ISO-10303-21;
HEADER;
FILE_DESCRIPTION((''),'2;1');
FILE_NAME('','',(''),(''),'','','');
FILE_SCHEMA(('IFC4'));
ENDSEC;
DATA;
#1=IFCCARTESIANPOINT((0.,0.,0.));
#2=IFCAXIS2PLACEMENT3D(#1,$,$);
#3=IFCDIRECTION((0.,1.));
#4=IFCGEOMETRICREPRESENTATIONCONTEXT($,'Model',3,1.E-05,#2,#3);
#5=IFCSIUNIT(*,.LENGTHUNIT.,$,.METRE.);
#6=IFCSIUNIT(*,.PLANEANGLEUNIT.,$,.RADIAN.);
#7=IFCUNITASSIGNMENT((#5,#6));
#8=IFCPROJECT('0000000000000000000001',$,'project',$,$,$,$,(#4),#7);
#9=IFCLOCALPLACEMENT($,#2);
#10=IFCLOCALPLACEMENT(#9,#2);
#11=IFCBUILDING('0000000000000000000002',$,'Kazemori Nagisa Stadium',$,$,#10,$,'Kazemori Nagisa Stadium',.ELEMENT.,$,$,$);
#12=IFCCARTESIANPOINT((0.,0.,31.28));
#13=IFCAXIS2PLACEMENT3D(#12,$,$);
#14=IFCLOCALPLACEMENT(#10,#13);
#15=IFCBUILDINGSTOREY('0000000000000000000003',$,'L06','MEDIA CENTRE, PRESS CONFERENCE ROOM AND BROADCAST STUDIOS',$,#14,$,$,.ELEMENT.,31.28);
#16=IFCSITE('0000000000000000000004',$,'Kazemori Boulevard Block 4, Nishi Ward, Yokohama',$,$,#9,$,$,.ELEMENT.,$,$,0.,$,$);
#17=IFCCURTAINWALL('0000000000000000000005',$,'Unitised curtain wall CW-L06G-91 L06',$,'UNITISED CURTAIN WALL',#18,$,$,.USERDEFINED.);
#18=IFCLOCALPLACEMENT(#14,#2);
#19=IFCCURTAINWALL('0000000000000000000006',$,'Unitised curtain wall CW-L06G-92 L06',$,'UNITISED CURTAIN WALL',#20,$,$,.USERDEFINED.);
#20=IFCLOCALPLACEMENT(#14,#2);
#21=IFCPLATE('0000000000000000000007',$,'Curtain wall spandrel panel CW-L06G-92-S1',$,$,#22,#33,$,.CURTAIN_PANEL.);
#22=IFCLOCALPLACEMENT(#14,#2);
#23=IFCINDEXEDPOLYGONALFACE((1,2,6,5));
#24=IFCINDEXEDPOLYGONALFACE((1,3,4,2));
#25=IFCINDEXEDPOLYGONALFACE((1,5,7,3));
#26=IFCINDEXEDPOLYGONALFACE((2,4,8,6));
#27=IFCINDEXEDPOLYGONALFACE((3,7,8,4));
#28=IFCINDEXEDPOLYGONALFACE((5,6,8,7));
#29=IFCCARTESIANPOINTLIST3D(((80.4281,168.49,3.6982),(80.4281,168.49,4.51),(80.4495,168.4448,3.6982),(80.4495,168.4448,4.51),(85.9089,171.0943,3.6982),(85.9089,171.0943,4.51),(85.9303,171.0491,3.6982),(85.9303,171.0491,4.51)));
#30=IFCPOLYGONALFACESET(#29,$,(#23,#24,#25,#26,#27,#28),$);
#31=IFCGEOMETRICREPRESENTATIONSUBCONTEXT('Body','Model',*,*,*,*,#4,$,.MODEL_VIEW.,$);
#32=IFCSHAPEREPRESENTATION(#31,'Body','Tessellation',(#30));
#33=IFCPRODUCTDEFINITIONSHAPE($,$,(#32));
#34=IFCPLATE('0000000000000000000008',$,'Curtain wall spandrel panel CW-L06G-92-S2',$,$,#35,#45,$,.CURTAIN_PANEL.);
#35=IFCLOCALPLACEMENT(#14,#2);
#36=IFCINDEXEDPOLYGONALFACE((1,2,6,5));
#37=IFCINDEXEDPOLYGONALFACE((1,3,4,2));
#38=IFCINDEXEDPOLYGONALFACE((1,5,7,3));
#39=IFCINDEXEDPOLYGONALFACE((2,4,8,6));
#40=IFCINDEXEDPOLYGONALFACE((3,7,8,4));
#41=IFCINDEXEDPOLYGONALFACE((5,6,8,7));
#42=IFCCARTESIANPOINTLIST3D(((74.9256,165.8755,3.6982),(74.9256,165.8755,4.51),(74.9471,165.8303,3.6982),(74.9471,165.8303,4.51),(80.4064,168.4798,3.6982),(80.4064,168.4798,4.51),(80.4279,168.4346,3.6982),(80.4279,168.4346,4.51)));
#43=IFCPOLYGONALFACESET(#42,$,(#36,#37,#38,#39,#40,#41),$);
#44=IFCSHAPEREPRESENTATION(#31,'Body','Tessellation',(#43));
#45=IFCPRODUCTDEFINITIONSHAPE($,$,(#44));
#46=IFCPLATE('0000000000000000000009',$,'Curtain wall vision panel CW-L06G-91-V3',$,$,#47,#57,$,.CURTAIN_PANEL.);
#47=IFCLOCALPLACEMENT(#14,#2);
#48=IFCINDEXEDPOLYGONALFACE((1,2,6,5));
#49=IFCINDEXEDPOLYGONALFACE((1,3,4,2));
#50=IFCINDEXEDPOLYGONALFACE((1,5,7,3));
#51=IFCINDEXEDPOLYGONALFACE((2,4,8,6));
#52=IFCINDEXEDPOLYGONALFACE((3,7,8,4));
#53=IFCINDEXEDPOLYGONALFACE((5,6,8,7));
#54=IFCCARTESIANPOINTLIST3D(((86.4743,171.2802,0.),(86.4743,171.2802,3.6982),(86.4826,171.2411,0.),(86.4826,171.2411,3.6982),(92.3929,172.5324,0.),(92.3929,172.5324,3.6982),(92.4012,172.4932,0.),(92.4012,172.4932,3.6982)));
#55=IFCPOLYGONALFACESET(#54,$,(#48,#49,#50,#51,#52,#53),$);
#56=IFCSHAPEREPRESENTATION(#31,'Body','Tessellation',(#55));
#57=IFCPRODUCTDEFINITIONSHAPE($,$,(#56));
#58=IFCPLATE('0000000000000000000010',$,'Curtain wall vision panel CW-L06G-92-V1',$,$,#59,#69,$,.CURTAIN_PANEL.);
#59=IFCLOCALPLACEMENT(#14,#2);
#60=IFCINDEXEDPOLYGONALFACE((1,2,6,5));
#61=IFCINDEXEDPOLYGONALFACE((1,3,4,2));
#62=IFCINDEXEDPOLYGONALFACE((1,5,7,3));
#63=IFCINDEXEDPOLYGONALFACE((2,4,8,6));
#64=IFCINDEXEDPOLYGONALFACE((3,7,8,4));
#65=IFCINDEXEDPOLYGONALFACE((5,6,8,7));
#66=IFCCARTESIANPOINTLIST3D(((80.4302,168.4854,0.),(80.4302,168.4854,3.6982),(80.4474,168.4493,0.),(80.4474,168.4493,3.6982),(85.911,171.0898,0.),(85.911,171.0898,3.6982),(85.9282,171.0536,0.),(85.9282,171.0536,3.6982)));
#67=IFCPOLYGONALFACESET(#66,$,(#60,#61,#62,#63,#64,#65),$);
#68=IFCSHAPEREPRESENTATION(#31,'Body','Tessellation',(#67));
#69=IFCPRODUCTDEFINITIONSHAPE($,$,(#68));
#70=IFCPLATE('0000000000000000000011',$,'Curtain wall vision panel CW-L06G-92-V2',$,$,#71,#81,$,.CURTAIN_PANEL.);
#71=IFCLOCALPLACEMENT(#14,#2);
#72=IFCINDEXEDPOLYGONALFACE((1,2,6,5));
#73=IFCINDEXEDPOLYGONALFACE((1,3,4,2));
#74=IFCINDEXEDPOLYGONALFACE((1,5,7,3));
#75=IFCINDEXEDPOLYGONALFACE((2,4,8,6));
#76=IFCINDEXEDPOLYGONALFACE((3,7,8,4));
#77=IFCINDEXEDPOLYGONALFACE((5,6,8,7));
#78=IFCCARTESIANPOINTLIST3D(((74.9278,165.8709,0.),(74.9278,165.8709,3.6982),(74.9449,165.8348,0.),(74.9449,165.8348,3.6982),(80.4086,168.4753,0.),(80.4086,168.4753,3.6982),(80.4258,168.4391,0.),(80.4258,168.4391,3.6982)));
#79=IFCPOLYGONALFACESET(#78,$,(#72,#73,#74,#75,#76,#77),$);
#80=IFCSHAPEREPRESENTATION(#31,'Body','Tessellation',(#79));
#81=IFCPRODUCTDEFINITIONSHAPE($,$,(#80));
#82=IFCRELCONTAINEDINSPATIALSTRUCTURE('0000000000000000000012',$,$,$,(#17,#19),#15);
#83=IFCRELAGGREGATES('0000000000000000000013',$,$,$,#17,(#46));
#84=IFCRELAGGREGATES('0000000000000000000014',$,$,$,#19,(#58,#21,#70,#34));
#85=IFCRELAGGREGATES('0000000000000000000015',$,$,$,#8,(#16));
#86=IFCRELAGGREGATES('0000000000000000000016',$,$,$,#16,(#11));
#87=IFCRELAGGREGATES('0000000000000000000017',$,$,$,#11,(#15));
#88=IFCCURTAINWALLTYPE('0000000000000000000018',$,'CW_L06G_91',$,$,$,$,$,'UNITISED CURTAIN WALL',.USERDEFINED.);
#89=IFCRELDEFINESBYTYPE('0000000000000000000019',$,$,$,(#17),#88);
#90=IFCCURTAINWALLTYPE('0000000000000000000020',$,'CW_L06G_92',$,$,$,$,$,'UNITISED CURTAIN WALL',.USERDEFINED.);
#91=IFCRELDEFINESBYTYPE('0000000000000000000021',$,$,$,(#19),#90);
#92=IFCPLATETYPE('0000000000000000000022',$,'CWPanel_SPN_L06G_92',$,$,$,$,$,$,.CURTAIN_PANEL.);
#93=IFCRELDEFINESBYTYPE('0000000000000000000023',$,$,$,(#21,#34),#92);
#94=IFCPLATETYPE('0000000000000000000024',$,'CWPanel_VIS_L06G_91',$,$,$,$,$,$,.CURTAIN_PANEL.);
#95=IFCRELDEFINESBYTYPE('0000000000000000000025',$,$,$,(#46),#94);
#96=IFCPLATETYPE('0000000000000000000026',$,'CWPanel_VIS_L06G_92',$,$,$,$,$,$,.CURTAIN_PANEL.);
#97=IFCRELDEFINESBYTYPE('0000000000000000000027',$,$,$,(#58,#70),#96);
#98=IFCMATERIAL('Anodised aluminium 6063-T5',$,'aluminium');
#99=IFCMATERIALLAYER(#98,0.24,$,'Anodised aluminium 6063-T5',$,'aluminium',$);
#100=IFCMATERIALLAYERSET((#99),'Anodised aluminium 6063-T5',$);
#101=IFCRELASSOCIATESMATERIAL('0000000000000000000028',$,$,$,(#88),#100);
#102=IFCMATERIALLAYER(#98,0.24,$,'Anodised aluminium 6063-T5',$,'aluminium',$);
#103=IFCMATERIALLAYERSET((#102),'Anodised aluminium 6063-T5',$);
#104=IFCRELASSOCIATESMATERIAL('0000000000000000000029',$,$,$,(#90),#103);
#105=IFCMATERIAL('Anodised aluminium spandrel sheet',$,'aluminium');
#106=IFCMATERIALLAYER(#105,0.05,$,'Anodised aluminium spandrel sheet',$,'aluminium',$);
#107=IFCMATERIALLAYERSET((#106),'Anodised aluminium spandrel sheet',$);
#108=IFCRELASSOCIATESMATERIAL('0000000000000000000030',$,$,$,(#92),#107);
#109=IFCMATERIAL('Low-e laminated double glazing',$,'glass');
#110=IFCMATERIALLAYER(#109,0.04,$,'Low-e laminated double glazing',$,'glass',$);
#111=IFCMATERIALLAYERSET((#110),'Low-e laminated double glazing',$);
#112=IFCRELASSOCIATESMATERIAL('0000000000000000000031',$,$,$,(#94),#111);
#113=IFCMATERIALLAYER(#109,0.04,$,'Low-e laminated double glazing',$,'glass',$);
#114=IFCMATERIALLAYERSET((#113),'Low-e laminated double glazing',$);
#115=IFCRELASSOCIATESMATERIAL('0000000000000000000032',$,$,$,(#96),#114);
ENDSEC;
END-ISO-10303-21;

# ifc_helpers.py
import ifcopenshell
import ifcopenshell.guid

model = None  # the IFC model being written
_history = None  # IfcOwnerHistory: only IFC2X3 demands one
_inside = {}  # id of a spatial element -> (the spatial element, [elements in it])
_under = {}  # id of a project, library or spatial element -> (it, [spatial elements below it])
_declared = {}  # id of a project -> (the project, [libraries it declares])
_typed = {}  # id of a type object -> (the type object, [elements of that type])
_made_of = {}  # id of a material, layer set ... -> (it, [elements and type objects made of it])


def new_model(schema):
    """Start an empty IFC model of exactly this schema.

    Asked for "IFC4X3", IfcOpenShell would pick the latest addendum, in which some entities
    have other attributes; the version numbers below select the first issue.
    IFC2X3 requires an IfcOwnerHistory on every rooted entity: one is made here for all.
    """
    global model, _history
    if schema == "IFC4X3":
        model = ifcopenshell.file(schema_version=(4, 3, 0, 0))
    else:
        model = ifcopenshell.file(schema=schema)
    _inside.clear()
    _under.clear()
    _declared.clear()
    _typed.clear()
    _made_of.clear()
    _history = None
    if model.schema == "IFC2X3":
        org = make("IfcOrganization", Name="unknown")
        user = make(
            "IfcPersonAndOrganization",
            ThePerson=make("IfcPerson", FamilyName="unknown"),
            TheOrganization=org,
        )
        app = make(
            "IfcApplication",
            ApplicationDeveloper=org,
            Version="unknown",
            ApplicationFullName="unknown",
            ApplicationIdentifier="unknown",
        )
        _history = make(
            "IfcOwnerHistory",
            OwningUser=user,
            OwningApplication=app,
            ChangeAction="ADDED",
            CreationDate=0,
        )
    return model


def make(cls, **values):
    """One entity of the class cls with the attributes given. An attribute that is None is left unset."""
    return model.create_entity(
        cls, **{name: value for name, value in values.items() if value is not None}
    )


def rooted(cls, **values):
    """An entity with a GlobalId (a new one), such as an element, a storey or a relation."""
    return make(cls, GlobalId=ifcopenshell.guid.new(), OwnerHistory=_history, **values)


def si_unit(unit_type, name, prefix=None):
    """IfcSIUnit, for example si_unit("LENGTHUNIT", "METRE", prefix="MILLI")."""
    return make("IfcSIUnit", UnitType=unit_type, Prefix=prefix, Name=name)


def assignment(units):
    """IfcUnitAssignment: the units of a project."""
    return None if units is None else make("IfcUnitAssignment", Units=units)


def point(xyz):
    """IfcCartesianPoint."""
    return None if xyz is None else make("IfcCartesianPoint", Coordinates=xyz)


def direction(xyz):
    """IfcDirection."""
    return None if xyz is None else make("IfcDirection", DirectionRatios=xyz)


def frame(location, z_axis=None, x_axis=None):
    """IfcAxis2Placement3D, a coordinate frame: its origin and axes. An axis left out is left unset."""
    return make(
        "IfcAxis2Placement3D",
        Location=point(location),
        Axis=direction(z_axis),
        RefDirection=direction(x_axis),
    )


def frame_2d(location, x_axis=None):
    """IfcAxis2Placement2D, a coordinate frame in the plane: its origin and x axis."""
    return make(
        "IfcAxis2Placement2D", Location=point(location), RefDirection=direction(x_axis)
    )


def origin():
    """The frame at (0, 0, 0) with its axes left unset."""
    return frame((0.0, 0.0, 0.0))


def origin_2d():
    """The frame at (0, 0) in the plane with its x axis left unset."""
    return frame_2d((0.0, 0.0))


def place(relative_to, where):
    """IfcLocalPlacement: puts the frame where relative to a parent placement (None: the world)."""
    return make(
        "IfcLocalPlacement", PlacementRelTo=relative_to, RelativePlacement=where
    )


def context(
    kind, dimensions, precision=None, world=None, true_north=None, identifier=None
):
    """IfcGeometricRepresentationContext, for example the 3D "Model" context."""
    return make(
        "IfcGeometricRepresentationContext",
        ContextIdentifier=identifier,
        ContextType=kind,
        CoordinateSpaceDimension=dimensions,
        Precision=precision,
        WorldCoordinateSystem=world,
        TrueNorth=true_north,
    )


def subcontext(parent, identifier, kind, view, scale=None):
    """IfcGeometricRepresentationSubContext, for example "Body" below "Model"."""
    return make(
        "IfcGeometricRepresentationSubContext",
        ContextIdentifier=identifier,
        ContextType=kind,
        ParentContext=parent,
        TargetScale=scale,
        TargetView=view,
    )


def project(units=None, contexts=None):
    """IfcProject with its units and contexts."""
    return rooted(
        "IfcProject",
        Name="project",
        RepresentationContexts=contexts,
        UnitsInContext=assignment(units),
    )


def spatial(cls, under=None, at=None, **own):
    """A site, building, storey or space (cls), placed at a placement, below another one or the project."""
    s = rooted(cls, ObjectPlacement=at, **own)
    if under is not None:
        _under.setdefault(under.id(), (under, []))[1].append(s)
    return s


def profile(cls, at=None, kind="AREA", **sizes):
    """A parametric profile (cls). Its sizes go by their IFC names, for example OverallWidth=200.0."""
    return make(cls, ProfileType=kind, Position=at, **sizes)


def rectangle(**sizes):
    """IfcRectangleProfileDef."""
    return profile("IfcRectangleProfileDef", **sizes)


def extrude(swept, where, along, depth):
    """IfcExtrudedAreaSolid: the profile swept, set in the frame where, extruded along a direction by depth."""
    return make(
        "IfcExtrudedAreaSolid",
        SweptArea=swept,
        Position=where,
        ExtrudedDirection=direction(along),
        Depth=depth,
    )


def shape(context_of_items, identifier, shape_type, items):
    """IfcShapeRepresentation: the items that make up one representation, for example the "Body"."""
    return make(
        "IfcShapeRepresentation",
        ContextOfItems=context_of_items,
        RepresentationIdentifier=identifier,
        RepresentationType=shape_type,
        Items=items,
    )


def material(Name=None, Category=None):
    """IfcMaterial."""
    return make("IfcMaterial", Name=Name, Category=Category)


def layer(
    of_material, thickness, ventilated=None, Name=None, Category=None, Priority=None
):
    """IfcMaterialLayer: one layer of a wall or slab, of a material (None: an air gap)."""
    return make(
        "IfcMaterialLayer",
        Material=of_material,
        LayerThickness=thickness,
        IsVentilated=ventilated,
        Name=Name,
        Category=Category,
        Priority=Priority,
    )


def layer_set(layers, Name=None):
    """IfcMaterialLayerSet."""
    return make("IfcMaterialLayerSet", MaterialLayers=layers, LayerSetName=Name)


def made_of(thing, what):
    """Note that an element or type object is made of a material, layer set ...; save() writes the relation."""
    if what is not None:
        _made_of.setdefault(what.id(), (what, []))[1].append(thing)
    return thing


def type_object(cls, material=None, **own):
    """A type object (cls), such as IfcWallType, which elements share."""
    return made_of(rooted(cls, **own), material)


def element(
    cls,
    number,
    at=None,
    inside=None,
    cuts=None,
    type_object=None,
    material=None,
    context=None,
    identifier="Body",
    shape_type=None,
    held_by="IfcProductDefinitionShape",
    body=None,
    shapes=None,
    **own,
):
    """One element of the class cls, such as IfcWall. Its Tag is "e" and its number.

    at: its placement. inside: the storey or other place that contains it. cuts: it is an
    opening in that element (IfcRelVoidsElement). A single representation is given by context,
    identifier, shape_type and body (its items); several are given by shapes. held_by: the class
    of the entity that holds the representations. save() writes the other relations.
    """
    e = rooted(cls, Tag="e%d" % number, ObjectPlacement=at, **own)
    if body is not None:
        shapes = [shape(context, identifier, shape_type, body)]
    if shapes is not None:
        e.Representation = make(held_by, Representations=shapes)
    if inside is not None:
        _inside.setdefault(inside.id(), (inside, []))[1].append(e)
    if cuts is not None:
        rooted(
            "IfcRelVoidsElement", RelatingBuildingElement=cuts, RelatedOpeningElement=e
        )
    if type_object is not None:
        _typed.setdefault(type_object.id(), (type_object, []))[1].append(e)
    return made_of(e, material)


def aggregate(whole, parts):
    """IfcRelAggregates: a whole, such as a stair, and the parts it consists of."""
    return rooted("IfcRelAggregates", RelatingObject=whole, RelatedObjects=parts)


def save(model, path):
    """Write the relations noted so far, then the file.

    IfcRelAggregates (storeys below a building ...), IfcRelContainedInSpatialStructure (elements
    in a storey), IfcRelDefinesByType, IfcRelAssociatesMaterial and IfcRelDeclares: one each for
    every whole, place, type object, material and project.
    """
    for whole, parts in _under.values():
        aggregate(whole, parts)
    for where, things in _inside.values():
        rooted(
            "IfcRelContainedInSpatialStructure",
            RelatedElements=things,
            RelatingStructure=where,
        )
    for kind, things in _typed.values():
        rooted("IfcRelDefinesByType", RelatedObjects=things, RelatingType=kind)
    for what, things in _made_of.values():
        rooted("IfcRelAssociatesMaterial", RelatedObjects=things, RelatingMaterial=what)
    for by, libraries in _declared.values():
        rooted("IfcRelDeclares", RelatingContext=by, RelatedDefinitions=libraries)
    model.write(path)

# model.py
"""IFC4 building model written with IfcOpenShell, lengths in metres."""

from ifc_helpers import new_model, si_unit, direction, frame, origin, origin_2d, place, context, subcontext, project, spatial, rectangle, extrude, material, layer, layer_set, type_object, element, aggregate, save


model = new_model("IFC4")

# Units and contexts
model_context = context("Model", 3, precision=1e-05, world=origin(), true_north=direction((0.0, 1.0)))
body_context = subcontext(model_context, "Body", "Model", "MODEL_VIEW")
ifc_project = project(units=[si_unit("LENGTHUNIT", "METRE"), si_unit("PLANEANGLEUNIT", "RADIAN")], contexts=[model_context])

# Site, building, storey
site_placement = place(None, origin())
site = spatial("IfcSite", under=ifc_project, at=site_placement, Name="Kazemori Boulevard Block 4, Nishi Ward, Yokohama", CompositionType="ELEMENT", RefElevation=0.0)
building_placement = place(site_placement, origin())
building = spatial("IfcBuilding", under=site, at=building_placement, Name="Kazemori Nagisa Stadium", LongName="Kazemori Nagisa Stadium", CompositionType="ELEMENT")
storey_placement = place(building_placement, frame((0.0, 0.0, 31.28)))
storey = spatial("IfcBuildingStorey", under=building, at=storey_placement, Name="L06", Description="MEDIA CENTRE, PRESS CONFERENCE ROOM AND BROADCAST STUDIOS", CompositionType="ELEMENT", Elevation=31.28)

# Curtain wall
ifc_material_1 = material(Name="Anodised aluminium 6063-T5", Category="aluminium")
ifc_layer_1 = layer(ifc_material_1, 0.24, Name="Anodised aluminium 6063-T5", Category="aluminium")
ifc_layer_set_1 = layer_set([ifc_layer_1], Name="Anodised aluminium 6063-T5")
curtain_wall_type_1 = type_object("IfcCurtainWallType", Name="CW_L06G_91", ElementType="UNITISED CURTAIN WALL", PredefinedType="USERDEFINED", material=ifc_layer_set_1)
curtain_wall_1_placement = place(storey_placement, origin())
curtain_wall_1 = element("IfcCurtainWall", 1, at=curtain_wall_1_placement, inside=storey, type_object=curtain_wall_type_1, Name="Unitised curtain wall CW-L06G-91 L06", ObjectType="UNITISED CURTAIN WALL", PredefinedType="USERDEFINED")

# Curtain wall
ifc_layer_2 = layer(ifc_material_1, 0.24, Name="Anodised aluminium 6063-T5", Category="aluminium")
ifc_layer_set_2 = layer_set([ifc_layer_2], Name="Anodised aluminium 6063-T5")
curtain_wall_type_2 = type_object("IfcCurtainWallType", Name="CW_L06G_92", ElementType="UNITISED CURTAIN WALL", PredefinedType="USERDEFINED", material=ifc_layer_set_2)
curtain_wall_2_placement = place(storey_placement, origin())
curtain_wall_2 = element("IfcCurtainWall", 2, at=curtain_wall_2_placement, inside=storey, type_object=curtain_wall_type_2, Name="Unitised curtain wall CW-L06G-92 L06", ObjectType="UNITISED CURTAIN WALL", PredefinedType="USERDEFINED")

# Plates
ifc_material_2 = material(Name="Anodised aluminium spandrel sheet", Category="aluminium")
ifc_layer_3 = layer(ifc_material_2, 0.05, Name="Anodised aluminium spandrel sheet", Category="aluminium")
ifc_layer_set_3 = layer_set([ifc_layer_3], Name="Anodised aluminium spandrel sheet")
plate_type_1 = type_object("IfcPlateType", Name="CWPanel_SPN_L06G_92", PredefinedType="CURTAIN_PANEL", material=ifc_layer_set_3)
plate_1_placement = place(storey_placement, frame((83.1792, 169.7695, 3.6982), z_axis=(0.0, 0.0, 1.0), x_axis=(-0.903216, -0.429186, 0.0)))
plate_1 = element("IfcPlate", 3, at=plate_1_placement, type_object=plate_type_1, Name="Curtain wall spandrel panel CW-L06G-92-S1", PredefinedType="CURTAIN_PANEL", context=body_context, shape_type="SweptSolid", body=[
    extrude(rectangle(XDim=6.0681, YDim=0.05, at=origin_2d()), origin(), (0.0, 0.0, 1.0), 0.8118),
])
plate_2_placement = place(storey_placement, frame((77.6768, 167.155, 3.6982), z_axis=(0.0, 0.0, 1.0), x_axis=(-0.903216, -0.429186, 0.0)))
plate_2 = element("IfcPlate", 4, at=plate_2_placement, type_object=plate_type_1, Name="Curtain wall spandrel panel CW-L06G-92-S2", PredefinedType="CURTAIN_PANEL", context=body_context, shape_type="SweptSolid", body=[
    extrude(rectangle(XDim=6.0681, YDim=0.05, at=origin_2d()), origin(), (0.0, 0.0, 1.0), 0.8118),
])
ifc_material_3 = material(Name="Low-e laminated double glazing", Category="glass")
ifc_layer_4 = layer(ifc_material_3, 0.04, Name="Low-e laminated double glazing", Category="glass")
ifc_layer_set_4 = layer_set([ifc_layer_4], Name="Low-e laminated double glazing")
plate_type_2 = type_object("IfcPlateType", Name="CWPanel_VIS_L06G_91", PredefinedType="CURTAIN_PANEL", material=ifc_layer_set_4)
plate_3_placement = place(storey_placement, frame((89.4377, 171.8867, 0.0), z_axis=(0.0, 0.0, 1.0), x_axis=(-0.978345, -0.206981, 0.0)))
plate_3 = element("IfcPlate", 5, at=plate_3_placement, type_object=plate_type_2, Name="Curtain wall vision panel CW-L06G-91-V3", PredefinedType="CURTAIN_PANEL", context=body_context, shape_type="SweptSolid", body=[
    extrude(rectangle(XDim=6.0496, YDim=0.04, at=origin_2d()), origin(), (0.0, 0.0, 1.0), 3.6982),
])
aggregate(curtain_wall_1, [plate_3])
ifc_layer_5 = layer(ifc_material_3, 0.04, Name="Low-e laminated double glazing", Category="glass")
ifc_layer_set_5 = layer_set([ifc_layer_5], Name="Low-e laminated double glazing")
plate_type_3 = type_object("IfcPlateType", Name="CWPanel_VIS_L06G_92", PredefinedType="CURTAIN_PANEL", material=ifc_layer_set_5)
plate_4_placement = place(storey_placement, frame((83.1792, 169.7695, 0.0), z_axis=(0.0, 0.0, 1.0), x_axis=(-0.903216, -0.429186, 0.0)))
plate_4 = element("IfcPlate", 6, at=plate_4_placement, type_object=plate_type_3, Name="Curtain wall vision panel CW-L06G-92-V1", PredefinedType="CURTAIN_PANEL", context=body_context, shape_type="SweptSolid", body=[
    extrude(rectangle(XDim=6.0681, YDim=0.04, at=origin_2d()), origin(), (0.0, 0.0, 1.0), 3.6982),
])
plate_5_placement = place(storey_placement, frame((77.6768, 167.155, 0.0), z_axis=(0.0, 0.0, 1.0), x_axis=(-0.903216, -0.429186, 0.0)))
plate_5 = element("IfcPlate", 7, at=plate_5_placement, type_object=plate_type_3, Name="Curtain wall vision panel CW-L06G-92-V2", PredefinedType="CURTAIN_PANEL", context=body_context, shape_type="SweptSolid", body=[
    extrude(rectangle(XDim=6.0681, YDim=0.04, at=origin_2d()), origin(), (0.0, 0.0, 1.0), 3.6982),
])
aggregate(curtain_wall_2, [plate_4, plate_1, plate_5, plate_2])

save(model, "model.ifc")
